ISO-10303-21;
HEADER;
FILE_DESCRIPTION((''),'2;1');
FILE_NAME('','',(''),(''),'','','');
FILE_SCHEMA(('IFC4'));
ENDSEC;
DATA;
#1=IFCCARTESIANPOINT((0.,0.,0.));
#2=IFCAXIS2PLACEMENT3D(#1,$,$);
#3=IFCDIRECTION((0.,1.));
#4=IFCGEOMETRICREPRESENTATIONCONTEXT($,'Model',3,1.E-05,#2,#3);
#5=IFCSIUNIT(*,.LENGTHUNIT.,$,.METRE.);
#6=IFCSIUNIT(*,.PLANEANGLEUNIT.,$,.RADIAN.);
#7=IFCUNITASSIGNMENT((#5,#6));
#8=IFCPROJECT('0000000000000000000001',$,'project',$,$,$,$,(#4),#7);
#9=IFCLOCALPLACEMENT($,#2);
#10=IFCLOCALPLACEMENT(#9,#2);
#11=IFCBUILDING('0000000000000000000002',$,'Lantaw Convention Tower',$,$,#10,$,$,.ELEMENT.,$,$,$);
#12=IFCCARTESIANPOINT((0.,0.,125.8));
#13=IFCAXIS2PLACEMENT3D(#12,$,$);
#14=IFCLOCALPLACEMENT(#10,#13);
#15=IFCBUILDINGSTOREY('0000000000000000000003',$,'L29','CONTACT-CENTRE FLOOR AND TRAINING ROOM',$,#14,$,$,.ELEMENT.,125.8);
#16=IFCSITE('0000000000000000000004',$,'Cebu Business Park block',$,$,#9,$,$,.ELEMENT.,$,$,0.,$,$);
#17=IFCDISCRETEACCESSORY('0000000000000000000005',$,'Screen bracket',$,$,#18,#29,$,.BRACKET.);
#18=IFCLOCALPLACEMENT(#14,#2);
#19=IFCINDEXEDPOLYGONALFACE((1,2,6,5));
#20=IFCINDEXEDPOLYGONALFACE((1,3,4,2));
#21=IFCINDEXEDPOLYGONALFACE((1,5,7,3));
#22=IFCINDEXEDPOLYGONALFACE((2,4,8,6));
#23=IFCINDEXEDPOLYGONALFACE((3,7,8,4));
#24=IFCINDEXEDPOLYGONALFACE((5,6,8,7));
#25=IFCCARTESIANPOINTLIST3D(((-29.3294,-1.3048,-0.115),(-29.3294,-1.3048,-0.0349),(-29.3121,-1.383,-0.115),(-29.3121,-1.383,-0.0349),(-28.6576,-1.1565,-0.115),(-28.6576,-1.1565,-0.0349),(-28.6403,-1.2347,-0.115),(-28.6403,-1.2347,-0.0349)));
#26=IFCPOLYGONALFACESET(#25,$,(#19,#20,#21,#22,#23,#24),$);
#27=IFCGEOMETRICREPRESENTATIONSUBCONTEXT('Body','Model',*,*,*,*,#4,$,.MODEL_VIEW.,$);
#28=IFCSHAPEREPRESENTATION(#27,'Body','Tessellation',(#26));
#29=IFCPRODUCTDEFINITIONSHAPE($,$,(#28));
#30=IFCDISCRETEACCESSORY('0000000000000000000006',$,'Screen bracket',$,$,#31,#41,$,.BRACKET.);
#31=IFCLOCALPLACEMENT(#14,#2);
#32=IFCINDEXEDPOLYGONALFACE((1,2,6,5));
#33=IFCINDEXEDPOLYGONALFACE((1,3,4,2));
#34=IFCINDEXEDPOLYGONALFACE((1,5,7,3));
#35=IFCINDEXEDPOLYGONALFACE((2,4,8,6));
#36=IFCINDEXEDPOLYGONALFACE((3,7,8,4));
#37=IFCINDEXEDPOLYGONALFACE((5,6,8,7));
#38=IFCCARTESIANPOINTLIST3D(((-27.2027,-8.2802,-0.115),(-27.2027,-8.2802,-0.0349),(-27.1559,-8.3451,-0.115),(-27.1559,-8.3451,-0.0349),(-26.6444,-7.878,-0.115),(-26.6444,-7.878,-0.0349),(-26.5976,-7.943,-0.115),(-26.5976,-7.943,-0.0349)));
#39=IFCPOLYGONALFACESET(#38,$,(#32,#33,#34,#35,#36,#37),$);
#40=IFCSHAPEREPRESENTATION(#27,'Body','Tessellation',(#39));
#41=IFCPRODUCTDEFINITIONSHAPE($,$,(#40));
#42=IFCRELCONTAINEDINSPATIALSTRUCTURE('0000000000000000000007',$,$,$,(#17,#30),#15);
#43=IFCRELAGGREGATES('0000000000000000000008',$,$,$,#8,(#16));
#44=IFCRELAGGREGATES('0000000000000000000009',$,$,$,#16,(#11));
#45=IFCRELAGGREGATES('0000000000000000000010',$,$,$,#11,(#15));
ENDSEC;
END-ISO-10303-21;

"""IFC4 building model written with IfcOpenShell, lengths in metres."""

from ifc_helpers import new_model, si_unit, direction, frame, origin, origin_2d, place, context, subcontext, project, spatial, rectangle, extrude, element, save


model = new_model("IFC4")

# Units and contexts
model_context = context("Model", 3, precision=1e-05, world=origin(), true_north=direction((0.0, 1.0)))
body_context = subcontext(model_context, "Body", "Model", "MODEL_VIEW")
ifc_project = project(units=[si_unit("LENGTHUNIT", "METRE"), si_unit("PLANEANGLEUNIT", "RADIAN")], contexts=[model_context])

# Site, building, storey
site_placement = place(None, origin())
site = spatial("IfcSite", under=ifc_project, at=site_placement, Name="Cebu Business Park block", CompositionType="ELEMENT", RefElevation=0.0)
building_placement = place(site_placement, origin())
building = spatial("IfcBuilding", under=site, at=building_placement, Name="Lantaw Convention Tower", CompositionType="ELEMENT")
storey_placement = place(building_placement, frame((0.0, 0.0, 125.8)))
storey = spatial("IfcBuildingStorey", under=building, at=storey_placement, Name="L29", Description="CONTACT-CENTRE FLOOR AND TRAINING ROOM", CompositionType="ELEMENT", Elevation=125.8)

# Discrete accessories
for number, where, z_axis, x_axis, name in (
    (1, (-28.9849, -1.2698, -0.115), (0.0, 0.0, 1.0), (0.215546, -0.976494, 0.0), "Screen bracket"),
    (2, (-26.9001, -8.1116, -0.115), (0.0, 0.0, 1.0), (0.584513, -0.811385, 0.0), "Screen bracket"),
):
    element("IfcDiscreteAccessory", number, at=place(storey_placement, frame(where, z_axis=z_axis, x_axis=x_axis)), inside=storey, Name=name, PredefinedType="BRACKET", context=body_context, shape_type="SweptSolid", body=[
        extrude(rectangle(XDim=0.0801, YDim=0.688, at=origin_2d()), origin(), (0.0, 0.0, 1.0), 0.0801),
    ])

save(model, "model.ifc")
